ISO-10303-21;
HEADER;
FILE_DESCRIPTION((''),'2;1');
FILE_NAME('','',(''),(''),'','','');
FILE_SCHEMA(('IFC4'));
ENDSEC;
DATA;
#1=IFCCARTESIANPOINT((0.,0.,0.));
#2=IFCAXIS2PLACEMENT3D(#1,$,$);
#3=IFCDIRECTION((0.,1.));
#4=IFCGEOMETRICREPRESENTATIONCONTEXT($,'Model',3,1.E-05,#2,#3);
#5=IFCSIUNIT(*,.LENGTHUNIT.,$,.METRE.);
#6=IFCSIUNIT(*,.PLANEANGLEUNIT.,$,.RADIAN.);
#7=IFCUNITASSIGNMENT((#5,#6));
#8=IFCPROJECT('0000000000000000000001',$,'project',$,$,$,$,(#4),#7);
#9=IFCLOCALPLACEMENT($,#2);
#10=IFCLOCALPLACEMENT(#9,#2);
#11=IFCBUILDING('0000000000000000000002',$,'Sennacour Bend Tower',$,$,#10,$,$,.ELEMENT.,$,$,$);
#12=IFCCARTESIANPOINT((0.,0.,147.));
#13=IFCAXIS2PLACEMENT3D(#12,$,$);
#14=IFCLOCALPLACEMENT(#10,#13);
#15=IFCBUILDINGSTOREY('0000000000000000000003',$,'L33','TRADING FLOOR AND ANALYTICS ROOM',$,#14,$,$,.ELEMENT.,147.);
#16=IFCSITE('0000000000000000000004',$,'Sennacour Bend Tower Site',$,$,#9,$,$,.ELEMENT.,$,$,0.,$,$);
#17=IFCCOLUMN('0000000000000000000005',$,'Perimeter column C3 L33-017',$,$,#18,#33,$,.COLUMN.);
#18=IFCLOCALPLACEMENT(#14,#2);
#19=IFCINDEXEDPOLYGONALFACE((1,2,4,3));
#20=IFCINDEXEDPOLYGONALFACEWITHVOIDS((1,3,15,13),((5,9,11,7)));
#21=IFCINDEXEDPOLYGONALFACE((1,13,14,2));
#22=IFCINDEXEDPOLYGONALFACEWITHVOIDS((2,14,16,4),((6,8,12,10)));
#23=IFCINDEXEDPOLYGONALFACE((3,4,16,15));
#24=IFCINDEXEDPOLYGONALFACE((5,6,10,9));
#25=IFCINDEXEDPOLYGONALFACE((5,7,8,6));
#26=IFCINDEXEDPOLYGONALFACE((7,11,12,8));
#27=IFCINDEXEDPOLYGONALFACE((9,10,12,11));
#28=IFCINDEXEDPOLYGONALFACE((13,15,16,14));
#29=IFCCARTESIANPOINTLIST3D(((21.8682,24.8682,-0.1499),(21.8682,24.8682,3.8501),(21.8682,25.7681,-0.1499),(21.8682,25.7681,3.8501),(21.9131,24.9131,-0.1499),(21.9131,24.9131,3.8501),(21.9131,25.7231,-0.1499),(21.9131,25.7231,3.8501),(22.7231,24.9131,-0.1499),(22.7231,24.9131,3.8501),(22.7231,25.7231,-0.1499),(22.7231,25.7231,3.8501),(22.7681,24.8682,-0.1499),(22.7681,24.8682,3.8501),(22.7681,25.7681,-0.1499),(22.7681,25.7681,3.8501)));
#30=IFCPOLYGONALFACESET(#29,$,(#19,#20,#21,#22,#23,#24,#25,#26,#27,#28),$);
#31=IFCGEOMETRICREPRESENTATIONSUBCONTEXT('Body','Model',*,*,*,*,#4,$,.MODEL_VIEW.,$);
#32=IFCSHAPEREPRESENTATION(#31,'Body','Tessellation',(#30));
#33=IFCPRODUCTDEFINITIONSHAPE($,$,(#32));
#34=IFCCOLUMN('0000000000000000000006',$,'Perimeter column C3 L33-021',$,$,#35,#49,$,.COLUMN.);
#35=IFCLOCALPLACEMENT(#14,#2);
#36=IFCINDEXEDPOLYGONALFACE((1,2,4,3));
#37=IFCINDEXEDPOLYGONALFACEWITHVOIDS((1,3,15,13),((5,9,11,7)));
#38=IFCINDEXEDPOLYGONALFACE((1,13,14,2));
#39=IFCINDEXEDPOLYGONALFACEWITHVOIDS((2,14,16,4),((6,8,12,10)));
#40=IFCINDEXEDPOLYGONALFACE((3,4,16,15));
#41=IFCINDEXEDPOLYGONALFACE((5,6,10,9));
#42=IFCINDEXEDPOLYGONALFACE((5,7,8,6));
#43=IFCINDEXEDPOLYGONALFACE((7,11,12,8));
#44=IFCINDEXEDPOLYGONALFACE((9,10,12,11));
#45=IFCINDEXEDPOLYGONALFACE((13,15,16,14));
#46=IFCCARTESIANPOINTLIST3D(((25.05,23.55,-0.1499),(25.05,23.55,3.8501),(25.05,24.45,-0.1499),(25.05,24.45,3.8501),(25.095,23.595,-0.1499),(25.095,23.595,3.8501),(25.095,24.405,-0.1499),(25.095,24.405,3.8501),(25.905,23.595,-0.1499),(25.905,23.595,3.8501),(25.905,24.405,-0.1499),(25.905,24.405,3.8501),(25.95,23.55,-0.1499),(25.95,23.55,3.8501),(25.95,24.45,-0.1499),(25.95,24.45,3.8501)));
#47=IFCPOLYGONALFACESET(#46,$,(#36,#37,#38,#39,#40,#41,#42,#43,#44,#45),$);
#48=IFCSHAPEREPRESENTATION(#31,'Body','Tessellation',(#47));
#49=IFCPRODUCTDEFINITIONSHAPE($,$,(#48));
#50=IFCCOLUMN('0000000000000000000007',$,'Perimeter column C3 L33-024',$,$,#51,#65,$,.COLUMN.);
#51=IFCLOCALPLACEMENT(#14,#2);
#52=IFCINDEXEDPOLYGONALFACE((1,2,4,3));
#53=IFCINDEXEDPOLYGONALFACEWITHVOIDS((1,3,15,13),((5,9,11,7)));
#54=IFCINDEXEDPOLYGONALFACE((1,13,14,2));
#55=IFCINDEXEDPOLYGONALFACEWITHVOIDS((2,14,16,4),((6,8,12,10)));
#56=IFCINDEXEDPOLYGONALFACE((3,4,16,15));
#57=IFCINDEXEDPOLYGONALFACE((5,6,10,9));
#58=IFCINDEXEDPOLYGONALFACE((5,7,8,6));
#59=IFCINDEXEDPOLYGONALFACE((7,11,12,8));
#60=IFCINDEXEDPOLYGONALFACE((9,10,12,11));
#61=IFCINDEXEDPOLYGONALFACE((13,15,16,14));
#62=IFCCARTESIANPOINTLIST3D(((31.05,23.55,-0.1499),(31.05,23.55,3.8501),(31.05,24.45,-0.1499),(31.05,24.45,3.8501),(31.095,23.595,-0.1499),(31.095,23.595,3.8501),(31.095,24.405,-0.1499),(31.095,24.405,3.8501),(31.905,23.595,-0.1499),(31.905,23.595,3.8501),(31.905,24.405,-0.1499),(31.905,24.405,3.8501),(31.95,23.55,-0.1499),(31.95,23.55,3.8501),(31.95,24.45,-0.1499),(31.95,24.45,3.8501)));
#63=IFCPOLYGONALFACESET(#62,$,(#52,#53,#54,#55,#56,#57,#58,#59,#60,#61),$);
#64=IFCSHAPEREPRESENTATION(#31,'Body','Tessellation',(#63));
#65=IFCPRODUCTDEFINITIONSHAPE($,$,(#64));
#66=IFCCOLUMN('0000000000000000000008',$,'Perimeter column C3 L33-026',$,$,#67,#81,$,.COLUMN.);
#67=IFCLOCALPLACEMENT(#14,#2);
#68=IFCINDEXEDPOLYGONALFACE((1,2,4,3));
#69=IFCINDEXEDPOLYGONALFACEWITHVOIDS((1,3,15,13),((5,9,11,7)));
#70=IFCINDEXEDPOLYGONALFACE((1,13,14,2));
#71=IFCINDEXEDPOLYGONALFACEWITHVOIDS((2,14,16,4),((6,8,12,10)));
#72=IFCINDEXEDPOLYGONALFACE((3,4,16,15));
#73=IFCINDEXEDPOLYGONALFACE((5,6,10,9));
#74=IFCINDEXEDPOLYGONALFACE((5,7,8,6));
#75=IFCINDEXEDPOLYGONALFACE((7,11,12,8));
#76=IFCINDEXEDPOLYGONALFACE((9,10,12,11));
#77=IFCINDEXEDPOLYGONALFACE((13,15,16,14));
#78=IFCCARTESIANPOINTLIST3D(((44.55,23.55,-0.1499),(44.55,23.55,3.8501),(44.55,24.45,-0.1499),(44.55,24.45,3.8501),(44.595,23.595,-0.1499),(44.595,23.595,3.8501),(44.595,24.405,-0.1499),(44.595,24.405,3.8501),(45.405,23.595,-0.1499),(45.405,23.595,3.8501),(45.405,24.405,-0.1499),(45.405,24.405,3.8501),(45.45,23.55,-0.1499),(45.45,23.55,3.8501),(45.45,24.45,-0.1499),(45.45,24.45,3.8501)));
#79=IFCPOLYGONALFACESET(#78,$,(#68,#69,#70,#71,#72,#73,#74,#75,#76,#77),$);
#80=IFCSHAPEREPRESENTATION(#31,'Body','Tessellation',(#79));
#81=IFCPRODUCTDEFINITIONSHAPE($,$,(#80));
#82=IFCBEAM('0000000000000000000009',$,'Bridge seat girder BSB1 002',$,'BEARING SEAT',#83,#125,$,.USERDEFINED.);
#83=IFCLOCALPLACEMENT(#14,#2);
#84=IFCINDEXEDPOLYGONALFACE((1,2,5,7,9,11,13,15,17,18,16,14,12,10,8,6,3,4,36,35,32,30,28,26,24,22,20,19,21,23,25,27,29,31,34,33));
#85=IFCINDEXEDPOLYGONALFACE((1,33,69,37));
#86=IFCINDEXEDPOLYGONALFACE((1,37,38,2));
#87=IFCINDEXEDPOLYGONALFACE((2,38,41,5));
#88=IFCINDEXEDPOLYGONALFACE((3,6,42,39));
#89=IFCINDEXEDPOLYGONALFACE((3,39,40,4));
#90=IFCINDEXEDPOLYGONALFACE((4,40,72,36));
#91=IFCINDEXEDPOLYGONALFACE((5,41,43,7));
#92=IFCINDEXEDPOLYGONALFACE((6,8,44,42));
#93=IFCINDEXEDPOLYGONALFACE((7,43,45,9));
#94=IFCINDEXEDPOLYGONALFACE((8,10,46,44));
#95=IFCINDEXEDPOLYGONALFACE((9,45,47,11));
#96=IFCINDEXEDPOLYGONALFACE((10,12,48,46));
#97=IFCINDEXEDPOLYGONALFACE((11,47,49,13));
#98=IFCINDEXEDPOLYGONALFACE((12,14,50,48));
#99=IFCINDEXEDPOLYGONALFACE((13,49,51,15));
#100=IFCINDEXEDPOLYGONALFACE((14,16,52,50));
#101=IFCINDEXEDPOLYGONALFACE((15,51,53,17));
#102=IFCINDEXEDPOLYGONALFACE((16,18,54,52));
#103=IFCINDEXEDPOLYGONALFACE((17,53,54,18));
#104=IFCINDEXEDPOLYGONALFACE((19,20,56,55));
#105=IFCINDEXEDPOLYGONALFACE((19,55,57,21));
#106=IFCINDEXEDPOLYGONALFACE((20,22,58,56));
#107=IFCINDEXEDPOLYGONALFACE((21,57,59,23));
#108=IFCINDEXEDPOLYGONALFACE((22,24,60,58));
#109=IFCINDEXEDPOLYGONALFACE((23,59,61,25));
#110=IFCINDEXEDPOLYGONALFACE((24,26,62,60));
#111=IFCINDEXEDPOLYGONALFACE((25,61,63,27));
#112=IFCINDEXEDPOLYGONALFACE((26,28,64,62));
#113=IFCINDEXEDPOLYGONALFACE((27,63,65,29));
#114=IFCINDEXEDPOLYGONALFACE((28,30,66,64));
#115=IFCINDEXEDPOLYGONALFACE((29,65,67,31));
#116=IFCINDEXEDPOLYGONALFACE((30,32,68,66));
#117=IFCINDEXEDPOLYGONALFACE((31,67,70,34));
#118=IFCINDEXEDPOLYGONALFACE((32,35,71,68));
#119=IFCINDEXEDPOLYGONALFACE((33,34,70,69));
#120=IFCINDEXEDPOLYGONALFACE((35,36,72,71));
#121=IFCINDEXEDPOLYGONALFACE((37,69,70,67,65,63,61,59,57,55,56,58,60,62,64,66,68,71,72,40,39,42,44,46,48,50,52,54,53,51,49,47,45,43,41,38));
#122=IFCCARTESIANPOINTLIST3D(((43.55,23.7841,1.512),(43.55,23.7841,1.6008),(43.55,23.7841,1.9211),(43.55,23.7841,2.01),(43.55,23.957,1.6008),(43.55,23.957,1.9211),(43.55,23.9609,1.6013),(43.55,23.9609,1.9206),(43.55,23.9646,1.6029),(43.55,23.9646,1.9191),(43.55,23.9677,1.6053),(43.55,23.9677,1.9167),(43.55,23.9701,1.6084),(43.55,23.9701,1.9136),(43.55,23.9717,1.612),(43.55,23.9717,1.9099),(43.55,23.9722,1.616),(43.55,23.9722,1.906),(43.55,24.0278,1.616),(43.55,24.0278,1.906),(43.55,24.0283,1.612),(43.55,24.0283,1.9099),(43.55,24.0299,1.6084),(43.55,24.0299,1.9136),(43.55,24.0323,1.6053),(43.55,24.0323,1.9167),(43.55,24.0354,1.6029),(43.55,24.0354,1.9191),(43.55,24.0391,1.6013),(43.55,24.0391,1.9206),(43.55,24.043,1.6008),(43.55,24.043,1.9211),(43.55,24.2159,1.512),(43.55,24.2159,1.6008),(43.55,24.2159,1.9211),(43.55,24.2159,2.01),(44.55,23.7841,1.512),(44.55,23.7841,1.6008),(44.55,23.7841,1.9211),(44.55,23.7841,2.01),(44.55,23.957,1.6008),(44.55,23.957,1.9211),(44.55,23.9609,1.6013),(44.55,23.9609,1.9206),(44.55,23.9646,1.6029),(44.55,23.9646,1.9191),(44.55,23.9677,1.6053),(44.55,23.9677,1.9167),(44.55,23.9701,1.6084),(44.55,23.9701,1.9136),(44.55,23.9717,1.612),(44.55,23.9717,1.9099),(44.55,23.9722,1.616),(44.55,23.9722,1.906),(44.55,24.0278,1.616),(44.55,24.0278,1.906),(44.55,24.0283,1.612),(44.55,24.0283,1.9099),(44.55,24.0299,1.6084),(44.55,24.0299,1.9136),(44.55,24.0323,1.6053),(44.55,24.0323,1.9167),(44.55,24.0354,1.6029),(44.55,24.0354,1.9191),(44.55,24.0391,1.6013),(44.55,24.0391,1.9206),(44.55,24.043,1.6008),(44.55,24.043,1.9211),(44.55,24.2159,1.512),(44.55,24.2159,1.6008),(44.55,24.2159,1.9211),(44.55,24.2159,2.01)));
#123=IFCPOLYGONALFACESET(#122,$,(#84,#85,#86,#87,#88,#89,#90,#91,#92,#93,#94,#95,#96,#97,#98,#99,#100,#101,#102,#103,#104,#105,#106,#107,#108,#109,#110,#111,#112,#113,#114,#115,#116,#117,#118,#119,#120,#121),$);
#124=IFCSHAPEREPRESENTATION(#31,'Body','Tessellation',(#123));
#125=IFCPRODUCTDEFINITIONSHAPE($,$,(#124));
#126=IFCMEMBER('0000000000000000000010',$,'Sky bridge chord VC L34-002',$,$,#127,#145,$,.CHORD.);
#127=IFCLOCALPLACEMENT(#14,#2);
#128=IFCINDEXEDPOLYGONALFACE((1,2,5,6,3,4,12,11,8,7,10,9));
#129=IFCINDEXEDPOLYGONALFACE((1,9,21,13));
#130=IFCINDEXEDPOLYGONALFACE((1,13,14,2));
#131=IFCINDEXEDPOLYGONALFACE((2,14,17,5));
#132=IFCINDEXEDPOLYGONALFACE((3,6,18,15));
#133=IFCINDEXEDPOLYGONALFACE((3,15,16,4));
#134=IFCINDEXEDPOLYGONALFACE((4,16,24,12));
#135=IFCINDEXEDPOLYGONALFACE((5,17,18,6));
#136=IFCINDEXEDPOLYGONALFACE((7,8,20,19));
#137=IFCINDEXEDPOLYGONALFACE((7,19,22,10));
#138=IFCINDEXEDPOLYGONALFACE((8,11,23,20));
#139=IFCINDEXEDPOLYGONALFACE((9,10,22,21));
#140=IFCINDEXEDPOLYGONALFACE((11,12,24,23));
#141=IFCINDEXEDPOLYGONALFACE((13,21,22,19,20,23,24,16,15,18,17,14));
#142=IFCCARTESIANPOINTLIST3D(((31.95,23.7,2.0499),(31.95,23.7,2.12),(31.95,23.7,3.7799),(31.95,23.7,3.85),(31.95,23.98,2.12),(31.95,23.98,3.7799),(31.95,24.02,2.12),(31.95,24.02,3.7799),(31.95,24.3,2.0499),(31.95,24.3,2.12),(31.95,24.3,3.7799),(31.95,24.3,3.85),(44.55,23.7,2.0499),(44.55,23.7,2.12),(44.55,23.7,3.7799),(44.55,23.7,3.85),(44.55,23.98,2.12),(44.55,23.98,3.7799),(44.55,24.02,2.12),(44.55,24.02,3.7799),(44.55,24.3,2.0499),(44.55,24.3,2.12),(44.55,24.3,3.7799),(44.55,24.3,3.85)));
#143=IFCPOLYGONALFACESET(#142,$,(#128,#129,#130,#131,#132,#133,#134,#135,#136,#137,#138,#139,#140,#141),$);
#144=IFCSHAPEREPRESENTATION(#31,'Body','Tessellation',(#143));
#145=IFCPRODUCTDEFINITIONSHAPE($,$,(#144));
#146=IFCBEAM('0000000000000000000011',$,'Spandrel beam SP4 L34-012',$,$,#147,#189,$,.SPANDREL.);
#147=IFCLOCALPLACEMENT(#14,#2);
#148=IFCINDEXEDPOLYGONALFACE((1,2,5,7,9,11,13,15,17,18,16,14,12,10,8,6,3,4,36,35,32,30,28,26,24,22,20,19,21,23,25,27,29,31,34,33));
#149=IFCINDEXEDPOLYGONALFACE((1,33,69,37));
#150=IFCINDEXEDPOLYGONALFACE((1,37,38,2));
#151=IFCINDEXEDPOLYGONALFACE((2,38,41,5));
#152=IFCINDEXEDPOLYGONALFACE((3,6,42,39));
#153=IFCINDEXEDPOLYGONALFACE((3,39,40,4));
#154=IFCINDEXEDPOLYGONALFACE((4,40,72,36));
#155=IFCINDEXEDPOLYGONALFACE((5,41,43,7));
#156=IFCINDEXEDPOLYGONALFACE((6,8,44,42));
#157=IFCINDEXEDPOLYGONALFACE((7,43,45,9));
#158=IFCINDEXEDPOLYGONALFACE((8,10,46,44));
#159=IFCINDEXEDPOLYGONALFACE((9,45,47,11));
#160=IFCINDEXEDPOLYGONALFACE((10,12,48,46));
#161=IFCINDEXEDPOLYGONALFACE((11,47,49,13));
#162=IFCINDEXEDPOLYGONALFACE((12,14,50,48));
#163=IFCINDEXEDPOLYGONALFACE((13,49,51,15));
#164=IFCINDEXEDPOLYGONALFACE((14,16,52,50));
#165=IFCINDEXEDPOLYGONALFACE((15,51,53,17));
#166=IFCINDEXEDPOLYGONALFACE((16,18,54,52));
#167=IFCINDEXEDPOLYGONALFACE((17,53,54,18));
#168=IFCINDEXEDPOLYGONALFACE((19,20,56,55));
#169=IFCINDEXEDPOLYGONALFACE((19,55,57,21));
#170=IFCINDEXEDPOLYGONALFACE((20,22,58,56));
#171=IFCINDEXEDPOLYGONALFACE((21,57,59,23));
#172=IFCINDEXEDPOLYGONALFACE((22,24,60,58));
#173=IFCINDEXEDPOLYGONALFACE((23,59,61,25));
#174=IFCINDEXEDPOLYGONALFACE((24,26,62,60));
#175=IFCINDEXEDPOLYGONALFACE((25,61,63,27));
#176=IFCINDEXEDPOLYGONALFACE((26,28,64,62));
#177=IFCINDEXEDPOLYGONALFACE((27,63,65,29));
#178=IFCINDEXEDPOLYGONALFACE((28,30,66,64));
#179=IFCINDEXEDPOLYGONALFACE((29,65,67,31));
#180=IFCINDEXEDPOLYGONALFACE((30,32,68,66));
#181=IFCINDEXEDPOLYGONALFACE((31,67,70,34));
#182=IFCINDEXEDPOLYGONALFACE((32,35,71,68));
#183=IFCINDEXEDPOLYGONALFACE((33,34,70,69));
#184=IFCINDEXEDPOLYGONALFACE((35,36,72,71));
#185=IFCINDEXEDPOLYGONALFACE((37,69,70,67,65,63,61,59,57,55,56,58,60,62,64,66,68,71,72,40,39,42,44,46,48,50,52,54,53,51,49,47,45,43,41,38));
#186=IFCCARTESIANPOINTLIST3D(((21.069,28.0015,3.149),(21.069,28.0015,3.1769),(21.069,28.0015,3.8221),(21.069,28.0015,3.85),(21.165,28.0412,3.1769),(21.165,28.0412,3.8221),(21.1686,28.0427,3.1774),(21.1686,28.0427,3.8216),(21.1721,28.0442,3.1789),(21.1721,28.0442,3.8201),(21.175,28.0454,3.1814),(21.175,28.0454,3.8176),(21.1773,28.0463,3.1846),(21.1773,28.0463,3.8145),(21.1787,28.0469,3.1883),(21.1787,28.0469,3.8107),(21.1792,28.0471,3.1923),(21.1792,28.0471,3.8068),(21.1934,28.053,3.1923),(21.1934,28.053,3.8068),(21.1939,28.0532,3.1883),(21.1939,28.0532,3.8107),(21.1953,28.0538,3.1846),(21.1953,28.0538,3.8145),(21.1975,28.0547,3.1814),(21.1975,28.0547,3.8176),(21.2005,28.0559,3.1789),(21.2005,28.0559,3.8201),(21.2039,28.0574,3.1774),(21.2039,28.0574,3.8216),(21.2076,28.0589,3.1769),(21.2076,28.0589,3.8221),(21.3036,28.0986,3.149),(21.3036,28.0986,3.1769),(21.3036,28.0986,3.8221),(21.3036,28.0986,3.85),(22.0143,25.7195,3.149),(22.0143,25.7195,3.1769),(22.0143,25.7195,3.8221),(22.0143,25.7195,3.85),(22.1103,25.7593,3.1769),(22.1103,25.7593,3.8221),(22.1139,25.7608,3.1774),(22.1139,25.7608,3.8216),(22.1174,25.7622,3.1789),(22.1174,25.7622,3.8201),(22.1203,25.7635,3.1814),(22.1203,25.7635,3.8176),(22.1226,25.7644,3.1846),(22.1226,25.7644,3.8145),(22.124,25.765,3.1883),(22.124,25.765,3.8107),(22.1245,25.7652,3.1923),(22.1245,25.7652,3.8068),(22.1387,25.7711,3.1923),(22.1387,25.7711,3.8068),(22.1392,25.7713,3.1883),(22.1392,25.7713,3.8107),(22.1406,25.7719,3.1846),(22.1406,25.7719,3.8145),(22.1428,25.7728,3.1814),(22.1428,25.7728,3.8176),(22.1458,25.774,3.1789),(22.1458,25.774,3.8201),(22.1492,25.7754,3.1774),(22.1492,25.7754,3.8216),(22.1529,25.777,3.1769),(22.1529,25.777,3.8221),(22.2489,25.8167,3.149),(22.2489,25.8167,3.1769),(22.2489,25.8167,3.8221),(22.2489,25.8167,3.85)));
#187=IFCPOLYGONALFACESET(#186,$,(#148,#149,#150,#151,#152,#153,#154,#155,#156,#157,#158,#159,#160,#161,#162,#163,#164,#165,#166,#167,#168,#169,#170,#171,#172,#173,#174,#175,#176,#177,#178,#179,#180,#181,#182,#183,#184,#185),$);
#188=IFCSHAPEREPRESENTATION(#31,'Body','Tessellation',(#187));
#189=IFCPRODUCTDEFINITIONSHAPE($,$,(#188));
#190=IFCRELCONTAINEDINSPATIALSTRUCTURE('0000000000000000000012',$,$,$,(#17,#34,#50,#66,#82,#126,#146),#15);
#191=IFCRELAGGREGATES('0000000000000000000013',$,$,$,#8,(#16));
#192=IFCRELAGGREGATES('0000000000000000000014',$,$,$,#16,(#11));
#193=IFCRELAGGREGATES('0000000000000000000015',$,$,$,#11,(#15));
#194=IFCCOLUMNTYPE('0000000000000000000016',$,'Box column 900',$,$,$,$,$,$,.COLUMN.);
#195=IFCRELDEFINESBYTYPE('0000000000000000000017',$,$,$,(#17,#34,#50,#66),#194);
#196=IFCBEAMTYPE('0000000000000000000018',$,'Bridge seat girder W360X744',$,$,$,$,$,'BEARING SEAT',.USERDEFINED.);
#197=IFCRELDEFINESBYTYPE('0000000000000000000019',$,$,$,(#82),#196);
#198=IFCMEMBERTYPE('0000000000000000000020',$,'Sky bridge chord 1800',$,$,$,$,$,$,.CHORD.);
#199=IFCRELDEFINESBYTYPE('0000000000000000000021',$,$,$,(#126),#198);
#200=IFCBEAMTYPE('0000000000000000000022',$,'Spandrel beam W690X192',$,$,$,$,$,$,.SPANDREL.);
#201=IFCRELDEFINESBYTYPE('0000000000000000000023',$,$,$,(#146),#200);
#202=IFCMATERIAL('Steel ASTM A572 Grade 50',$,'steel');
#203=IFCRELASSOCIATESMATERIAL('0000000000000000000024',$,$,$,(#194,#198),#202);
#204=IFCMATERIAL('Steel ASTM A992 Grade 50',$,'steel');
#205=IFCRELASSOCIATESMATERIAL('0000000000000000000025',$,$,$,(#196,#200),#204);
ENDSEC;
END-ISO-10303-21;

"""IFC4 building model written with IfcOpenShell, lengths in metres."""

from ifc_helpers import new_model, si_unit, direction, frame, origin, origin_2d, place, context, subcontext, project, spatial, hollow_rectangle, i_section, extrude, material, material_profile, profile_set, type_object, element, save


model = new_model("IFC4")

# Units and contexts
model_context = context("Model", 3, precision=1e-05, world=origin(), true_north=direction((0.0, 1.0)))
body_context = subcontext(model_context, "Body", "Model", "MODEL_VIEW")
ifc_project = project(units=[si_unit("LENGTHUNIT", "METRE"), si_unit("PLANEANGLEUNIT", "RADIAN")], contexts=[model_context])

# Site, building, storey
site_placement = place(None, origin())
site = spatial("IfcSite", under=ifc_project, at=site_placement, Name="Sennacour Bend Tower Site", CompositionType="ELEMENT", RefElevation=0.0)
building_placement = place(site_placement, origin())
building = spatial("IfcBuilding", under=site, at=building_placement, Name="Sennacour Bend Tower", CompositionType="ELEMENT")
storey_placement = place(building_placement, frame((0.0, 0.0, 147.0)))
storey = spatial("IfcBuildingStorey", under=building, at=storey_placement, Name="L33", Description="TRADING FLOOR AND ANALYTICS ROOM", CompositionType="ELEMENT", Elevation=147.0)

# Columns
ifc_material_1 = material(Name="Steel ASTM A572 Grade 50", Category="steel")
ifc_material_profile_1 = material_profile(ifc_material_1, hollow_rectangle(XDim=0.8999, YDim=0.8999, WallThickness=0.0449, at=origin_2d()), Name="Steel ASTM A572 Grade 50", Category="steel")
ifc_profile_set_1 = profile_set([ifc_material_profile_1], Name="Steel ASTM A572 Grade 50")
column_type = type_object("IfcColumnType", Name="Box column 900", PredefinedType="COLUMN", material=ifc_profile_set_1)
for number, where, z_axis, x_axis, name in (
    (1, (22.3181, 25.3181, -0.1499), (0.0, 0.0, 1.0), (1.0, 0.0, 0.0), "Perimeter column C3 L33-017"),
    (2, (25.5, 24.0, -0.1499), (0.0, 0.0, 1.0), (1.0, 0.0, 0.0), "Perimeter column C3 L33-021"),
    (3, (31.5, 24.0, -0.1499), (0.0, 0.0, 1.0), (1.0, 0.0, 0.0), "Perimeter column C3 L33-024"),
    (4, (45.0, 24.0, -0.1499), (0.0, 0.0, 1.0), (1.0, 0.0, 0.0), "Perimeter column C3 L33-026"),
):
    element("IfcColumn", number, at=place(storey_placement, frame(where, z_axis=z_axis, x_axis=x_axis)), inside=storey, type_object=column_type, Name=name, PredefinedType="COLUMN", context=body_context, shape_type="SweptSolid", body=[
        extrude(hollow_rectangle(XDim=0.8999, YDim=0.8999, WallThickness=0.0449, at=origin_2d()), origin(), (0.0, 0.0, 1.0), 4.0),
    ])

# Beam
ifc_material_2 = material(Name="Steel ASTM A992 Grade 50", Category="steel")
ifc_material_profile_2 = material_profile(ifc_material_2, i_section(OverallWidth=0.4319, OverallDepth=0.498, WebThickness=0.0557, FlangeThickness=0.0889, FilletRadius=0.0151, at=origin_2d()), Name="Steel ASTM A992 Grade 50", Category="steel")
ifc_profile_set_2 = profile_set([ifc_material_profile_2], Name="Steel ASTM A992 Grade 50")
beam_type_1 = type_object("IfcBeamType", Name="Bridge seat girder W360X744", ElementType="BEARING SEAT", PredefinedType="USERDEFINED", material=ifc_profile_set_2)
beam_1_placement = place(storey_placement, frame((43.55, 24.0, 1.761), z_axis=(1.0, 0.0, 0.0), x_axis=(0.0, 1.0, 0.0)))
element("IfcBeam", 5, at=beam_1_placement, inside=storey, type_object=beam_type_1, Name="Bridge seat girder BSB1 002", ObjectType="BEARING SEAT", PredefinedType="USERDEFINED", context=body_context, shape_type="SweptSolid", body=[
    extrude(i_section(OverallWidth=0.4319, OverallDepth=0.498, WebThickness=0.0557, FlangeThickness=0.0889, FilletRadius=0.0151, at=origin_2d()), origin(), (0.0, 0.0, 1.0), 1.0),
])

# Member
ifc_material_profile_3 = material_profile(ifc_material_1, i_section(OverallWidth=0.6001, OverallDepth=1.8, WebThickness=0.04, FlangeThickness=0.0701, at=origin_2d()), Name="Steel ASTM A572 Grade 50", Category="steel")
ifc_profile_set_3 = profile_set([ifc_material_profile_3], Name="Steel ASTM A572 Grade 50")
member_type = type_object("IfcMemberType", Name="Sky bridge chord 1800", PredefinedType="CHORD", material=ifc_profile_set_3)
member_placement = place(storey_placement, frame((31.95, 24.0, 2.95), z_axis=(1.0, 0.0, 0.0), x_axis=(0.0, 1.0, 0.0)))
element("IfcMember", 6, at=member_placement, inside=storey, type_object=member_type, Name="Sky bridge chord VC L34-002", PredefinedType="CHORD", context=body_context, shape_type="SweptSolid", body=[
    extrude(i_section(OverallWidth=0.6001, OverallDepth=1.8, WebThickness=0.04, FlangeThickness=0.0701, at=origin_2d()), origin(), (0.0, 0.0, 1.0), 12.6001),
])

# Beam
ifc_material_profile_4 = material_profile(ifc_material_2, i_section(OverallWidth=0.2539, OverallDepth=0.7009, WebThickness=0.0154, FlangeThickness=0.0278, FilletRadius=0.0154, at=origin_2d()), Name="Steel ASTM A992 Grade 50", Category="steel")
ifc_profile_set_4 = profile_set([ifc_material_profile_4], Name="Steel ASTM A992 Grade 50")
beam_type_2 = type_object("IfcBeamType", Name="Spandrel beam W690X192", PredefinedType="SPANDREL", material=ifc_profile_set_4)
for number, where, z_axis, x_axis, name in (
    (7, (21.1863, 28.05, 3.4995), (0.382713, -0.923867, 0.0), (0.923867, 0.382713, 0.0), "Spandrel beam SP4 L34-012"),
):
    element("IfcBeam", number, at=place(storey_placement, frame(where, z_axis=z_axis, x_axis=x_axis)), inside=storey, type_object=beam_type_2, Name=name, PredefinedType="SPANDREL", context=body_context, shape_type="SweptSolid", body=[
        extrude(i_section(OverallWidth=0.2539, OverallDepth=0.7009, WebThickness=0.0154, FlangeThickness=0.0278, FilletRadius=0.0154, at=origin_2d()), origin(), (0.0, 0.0, 1.0), 2.47),
    ])

save(model, "model.ifc")
